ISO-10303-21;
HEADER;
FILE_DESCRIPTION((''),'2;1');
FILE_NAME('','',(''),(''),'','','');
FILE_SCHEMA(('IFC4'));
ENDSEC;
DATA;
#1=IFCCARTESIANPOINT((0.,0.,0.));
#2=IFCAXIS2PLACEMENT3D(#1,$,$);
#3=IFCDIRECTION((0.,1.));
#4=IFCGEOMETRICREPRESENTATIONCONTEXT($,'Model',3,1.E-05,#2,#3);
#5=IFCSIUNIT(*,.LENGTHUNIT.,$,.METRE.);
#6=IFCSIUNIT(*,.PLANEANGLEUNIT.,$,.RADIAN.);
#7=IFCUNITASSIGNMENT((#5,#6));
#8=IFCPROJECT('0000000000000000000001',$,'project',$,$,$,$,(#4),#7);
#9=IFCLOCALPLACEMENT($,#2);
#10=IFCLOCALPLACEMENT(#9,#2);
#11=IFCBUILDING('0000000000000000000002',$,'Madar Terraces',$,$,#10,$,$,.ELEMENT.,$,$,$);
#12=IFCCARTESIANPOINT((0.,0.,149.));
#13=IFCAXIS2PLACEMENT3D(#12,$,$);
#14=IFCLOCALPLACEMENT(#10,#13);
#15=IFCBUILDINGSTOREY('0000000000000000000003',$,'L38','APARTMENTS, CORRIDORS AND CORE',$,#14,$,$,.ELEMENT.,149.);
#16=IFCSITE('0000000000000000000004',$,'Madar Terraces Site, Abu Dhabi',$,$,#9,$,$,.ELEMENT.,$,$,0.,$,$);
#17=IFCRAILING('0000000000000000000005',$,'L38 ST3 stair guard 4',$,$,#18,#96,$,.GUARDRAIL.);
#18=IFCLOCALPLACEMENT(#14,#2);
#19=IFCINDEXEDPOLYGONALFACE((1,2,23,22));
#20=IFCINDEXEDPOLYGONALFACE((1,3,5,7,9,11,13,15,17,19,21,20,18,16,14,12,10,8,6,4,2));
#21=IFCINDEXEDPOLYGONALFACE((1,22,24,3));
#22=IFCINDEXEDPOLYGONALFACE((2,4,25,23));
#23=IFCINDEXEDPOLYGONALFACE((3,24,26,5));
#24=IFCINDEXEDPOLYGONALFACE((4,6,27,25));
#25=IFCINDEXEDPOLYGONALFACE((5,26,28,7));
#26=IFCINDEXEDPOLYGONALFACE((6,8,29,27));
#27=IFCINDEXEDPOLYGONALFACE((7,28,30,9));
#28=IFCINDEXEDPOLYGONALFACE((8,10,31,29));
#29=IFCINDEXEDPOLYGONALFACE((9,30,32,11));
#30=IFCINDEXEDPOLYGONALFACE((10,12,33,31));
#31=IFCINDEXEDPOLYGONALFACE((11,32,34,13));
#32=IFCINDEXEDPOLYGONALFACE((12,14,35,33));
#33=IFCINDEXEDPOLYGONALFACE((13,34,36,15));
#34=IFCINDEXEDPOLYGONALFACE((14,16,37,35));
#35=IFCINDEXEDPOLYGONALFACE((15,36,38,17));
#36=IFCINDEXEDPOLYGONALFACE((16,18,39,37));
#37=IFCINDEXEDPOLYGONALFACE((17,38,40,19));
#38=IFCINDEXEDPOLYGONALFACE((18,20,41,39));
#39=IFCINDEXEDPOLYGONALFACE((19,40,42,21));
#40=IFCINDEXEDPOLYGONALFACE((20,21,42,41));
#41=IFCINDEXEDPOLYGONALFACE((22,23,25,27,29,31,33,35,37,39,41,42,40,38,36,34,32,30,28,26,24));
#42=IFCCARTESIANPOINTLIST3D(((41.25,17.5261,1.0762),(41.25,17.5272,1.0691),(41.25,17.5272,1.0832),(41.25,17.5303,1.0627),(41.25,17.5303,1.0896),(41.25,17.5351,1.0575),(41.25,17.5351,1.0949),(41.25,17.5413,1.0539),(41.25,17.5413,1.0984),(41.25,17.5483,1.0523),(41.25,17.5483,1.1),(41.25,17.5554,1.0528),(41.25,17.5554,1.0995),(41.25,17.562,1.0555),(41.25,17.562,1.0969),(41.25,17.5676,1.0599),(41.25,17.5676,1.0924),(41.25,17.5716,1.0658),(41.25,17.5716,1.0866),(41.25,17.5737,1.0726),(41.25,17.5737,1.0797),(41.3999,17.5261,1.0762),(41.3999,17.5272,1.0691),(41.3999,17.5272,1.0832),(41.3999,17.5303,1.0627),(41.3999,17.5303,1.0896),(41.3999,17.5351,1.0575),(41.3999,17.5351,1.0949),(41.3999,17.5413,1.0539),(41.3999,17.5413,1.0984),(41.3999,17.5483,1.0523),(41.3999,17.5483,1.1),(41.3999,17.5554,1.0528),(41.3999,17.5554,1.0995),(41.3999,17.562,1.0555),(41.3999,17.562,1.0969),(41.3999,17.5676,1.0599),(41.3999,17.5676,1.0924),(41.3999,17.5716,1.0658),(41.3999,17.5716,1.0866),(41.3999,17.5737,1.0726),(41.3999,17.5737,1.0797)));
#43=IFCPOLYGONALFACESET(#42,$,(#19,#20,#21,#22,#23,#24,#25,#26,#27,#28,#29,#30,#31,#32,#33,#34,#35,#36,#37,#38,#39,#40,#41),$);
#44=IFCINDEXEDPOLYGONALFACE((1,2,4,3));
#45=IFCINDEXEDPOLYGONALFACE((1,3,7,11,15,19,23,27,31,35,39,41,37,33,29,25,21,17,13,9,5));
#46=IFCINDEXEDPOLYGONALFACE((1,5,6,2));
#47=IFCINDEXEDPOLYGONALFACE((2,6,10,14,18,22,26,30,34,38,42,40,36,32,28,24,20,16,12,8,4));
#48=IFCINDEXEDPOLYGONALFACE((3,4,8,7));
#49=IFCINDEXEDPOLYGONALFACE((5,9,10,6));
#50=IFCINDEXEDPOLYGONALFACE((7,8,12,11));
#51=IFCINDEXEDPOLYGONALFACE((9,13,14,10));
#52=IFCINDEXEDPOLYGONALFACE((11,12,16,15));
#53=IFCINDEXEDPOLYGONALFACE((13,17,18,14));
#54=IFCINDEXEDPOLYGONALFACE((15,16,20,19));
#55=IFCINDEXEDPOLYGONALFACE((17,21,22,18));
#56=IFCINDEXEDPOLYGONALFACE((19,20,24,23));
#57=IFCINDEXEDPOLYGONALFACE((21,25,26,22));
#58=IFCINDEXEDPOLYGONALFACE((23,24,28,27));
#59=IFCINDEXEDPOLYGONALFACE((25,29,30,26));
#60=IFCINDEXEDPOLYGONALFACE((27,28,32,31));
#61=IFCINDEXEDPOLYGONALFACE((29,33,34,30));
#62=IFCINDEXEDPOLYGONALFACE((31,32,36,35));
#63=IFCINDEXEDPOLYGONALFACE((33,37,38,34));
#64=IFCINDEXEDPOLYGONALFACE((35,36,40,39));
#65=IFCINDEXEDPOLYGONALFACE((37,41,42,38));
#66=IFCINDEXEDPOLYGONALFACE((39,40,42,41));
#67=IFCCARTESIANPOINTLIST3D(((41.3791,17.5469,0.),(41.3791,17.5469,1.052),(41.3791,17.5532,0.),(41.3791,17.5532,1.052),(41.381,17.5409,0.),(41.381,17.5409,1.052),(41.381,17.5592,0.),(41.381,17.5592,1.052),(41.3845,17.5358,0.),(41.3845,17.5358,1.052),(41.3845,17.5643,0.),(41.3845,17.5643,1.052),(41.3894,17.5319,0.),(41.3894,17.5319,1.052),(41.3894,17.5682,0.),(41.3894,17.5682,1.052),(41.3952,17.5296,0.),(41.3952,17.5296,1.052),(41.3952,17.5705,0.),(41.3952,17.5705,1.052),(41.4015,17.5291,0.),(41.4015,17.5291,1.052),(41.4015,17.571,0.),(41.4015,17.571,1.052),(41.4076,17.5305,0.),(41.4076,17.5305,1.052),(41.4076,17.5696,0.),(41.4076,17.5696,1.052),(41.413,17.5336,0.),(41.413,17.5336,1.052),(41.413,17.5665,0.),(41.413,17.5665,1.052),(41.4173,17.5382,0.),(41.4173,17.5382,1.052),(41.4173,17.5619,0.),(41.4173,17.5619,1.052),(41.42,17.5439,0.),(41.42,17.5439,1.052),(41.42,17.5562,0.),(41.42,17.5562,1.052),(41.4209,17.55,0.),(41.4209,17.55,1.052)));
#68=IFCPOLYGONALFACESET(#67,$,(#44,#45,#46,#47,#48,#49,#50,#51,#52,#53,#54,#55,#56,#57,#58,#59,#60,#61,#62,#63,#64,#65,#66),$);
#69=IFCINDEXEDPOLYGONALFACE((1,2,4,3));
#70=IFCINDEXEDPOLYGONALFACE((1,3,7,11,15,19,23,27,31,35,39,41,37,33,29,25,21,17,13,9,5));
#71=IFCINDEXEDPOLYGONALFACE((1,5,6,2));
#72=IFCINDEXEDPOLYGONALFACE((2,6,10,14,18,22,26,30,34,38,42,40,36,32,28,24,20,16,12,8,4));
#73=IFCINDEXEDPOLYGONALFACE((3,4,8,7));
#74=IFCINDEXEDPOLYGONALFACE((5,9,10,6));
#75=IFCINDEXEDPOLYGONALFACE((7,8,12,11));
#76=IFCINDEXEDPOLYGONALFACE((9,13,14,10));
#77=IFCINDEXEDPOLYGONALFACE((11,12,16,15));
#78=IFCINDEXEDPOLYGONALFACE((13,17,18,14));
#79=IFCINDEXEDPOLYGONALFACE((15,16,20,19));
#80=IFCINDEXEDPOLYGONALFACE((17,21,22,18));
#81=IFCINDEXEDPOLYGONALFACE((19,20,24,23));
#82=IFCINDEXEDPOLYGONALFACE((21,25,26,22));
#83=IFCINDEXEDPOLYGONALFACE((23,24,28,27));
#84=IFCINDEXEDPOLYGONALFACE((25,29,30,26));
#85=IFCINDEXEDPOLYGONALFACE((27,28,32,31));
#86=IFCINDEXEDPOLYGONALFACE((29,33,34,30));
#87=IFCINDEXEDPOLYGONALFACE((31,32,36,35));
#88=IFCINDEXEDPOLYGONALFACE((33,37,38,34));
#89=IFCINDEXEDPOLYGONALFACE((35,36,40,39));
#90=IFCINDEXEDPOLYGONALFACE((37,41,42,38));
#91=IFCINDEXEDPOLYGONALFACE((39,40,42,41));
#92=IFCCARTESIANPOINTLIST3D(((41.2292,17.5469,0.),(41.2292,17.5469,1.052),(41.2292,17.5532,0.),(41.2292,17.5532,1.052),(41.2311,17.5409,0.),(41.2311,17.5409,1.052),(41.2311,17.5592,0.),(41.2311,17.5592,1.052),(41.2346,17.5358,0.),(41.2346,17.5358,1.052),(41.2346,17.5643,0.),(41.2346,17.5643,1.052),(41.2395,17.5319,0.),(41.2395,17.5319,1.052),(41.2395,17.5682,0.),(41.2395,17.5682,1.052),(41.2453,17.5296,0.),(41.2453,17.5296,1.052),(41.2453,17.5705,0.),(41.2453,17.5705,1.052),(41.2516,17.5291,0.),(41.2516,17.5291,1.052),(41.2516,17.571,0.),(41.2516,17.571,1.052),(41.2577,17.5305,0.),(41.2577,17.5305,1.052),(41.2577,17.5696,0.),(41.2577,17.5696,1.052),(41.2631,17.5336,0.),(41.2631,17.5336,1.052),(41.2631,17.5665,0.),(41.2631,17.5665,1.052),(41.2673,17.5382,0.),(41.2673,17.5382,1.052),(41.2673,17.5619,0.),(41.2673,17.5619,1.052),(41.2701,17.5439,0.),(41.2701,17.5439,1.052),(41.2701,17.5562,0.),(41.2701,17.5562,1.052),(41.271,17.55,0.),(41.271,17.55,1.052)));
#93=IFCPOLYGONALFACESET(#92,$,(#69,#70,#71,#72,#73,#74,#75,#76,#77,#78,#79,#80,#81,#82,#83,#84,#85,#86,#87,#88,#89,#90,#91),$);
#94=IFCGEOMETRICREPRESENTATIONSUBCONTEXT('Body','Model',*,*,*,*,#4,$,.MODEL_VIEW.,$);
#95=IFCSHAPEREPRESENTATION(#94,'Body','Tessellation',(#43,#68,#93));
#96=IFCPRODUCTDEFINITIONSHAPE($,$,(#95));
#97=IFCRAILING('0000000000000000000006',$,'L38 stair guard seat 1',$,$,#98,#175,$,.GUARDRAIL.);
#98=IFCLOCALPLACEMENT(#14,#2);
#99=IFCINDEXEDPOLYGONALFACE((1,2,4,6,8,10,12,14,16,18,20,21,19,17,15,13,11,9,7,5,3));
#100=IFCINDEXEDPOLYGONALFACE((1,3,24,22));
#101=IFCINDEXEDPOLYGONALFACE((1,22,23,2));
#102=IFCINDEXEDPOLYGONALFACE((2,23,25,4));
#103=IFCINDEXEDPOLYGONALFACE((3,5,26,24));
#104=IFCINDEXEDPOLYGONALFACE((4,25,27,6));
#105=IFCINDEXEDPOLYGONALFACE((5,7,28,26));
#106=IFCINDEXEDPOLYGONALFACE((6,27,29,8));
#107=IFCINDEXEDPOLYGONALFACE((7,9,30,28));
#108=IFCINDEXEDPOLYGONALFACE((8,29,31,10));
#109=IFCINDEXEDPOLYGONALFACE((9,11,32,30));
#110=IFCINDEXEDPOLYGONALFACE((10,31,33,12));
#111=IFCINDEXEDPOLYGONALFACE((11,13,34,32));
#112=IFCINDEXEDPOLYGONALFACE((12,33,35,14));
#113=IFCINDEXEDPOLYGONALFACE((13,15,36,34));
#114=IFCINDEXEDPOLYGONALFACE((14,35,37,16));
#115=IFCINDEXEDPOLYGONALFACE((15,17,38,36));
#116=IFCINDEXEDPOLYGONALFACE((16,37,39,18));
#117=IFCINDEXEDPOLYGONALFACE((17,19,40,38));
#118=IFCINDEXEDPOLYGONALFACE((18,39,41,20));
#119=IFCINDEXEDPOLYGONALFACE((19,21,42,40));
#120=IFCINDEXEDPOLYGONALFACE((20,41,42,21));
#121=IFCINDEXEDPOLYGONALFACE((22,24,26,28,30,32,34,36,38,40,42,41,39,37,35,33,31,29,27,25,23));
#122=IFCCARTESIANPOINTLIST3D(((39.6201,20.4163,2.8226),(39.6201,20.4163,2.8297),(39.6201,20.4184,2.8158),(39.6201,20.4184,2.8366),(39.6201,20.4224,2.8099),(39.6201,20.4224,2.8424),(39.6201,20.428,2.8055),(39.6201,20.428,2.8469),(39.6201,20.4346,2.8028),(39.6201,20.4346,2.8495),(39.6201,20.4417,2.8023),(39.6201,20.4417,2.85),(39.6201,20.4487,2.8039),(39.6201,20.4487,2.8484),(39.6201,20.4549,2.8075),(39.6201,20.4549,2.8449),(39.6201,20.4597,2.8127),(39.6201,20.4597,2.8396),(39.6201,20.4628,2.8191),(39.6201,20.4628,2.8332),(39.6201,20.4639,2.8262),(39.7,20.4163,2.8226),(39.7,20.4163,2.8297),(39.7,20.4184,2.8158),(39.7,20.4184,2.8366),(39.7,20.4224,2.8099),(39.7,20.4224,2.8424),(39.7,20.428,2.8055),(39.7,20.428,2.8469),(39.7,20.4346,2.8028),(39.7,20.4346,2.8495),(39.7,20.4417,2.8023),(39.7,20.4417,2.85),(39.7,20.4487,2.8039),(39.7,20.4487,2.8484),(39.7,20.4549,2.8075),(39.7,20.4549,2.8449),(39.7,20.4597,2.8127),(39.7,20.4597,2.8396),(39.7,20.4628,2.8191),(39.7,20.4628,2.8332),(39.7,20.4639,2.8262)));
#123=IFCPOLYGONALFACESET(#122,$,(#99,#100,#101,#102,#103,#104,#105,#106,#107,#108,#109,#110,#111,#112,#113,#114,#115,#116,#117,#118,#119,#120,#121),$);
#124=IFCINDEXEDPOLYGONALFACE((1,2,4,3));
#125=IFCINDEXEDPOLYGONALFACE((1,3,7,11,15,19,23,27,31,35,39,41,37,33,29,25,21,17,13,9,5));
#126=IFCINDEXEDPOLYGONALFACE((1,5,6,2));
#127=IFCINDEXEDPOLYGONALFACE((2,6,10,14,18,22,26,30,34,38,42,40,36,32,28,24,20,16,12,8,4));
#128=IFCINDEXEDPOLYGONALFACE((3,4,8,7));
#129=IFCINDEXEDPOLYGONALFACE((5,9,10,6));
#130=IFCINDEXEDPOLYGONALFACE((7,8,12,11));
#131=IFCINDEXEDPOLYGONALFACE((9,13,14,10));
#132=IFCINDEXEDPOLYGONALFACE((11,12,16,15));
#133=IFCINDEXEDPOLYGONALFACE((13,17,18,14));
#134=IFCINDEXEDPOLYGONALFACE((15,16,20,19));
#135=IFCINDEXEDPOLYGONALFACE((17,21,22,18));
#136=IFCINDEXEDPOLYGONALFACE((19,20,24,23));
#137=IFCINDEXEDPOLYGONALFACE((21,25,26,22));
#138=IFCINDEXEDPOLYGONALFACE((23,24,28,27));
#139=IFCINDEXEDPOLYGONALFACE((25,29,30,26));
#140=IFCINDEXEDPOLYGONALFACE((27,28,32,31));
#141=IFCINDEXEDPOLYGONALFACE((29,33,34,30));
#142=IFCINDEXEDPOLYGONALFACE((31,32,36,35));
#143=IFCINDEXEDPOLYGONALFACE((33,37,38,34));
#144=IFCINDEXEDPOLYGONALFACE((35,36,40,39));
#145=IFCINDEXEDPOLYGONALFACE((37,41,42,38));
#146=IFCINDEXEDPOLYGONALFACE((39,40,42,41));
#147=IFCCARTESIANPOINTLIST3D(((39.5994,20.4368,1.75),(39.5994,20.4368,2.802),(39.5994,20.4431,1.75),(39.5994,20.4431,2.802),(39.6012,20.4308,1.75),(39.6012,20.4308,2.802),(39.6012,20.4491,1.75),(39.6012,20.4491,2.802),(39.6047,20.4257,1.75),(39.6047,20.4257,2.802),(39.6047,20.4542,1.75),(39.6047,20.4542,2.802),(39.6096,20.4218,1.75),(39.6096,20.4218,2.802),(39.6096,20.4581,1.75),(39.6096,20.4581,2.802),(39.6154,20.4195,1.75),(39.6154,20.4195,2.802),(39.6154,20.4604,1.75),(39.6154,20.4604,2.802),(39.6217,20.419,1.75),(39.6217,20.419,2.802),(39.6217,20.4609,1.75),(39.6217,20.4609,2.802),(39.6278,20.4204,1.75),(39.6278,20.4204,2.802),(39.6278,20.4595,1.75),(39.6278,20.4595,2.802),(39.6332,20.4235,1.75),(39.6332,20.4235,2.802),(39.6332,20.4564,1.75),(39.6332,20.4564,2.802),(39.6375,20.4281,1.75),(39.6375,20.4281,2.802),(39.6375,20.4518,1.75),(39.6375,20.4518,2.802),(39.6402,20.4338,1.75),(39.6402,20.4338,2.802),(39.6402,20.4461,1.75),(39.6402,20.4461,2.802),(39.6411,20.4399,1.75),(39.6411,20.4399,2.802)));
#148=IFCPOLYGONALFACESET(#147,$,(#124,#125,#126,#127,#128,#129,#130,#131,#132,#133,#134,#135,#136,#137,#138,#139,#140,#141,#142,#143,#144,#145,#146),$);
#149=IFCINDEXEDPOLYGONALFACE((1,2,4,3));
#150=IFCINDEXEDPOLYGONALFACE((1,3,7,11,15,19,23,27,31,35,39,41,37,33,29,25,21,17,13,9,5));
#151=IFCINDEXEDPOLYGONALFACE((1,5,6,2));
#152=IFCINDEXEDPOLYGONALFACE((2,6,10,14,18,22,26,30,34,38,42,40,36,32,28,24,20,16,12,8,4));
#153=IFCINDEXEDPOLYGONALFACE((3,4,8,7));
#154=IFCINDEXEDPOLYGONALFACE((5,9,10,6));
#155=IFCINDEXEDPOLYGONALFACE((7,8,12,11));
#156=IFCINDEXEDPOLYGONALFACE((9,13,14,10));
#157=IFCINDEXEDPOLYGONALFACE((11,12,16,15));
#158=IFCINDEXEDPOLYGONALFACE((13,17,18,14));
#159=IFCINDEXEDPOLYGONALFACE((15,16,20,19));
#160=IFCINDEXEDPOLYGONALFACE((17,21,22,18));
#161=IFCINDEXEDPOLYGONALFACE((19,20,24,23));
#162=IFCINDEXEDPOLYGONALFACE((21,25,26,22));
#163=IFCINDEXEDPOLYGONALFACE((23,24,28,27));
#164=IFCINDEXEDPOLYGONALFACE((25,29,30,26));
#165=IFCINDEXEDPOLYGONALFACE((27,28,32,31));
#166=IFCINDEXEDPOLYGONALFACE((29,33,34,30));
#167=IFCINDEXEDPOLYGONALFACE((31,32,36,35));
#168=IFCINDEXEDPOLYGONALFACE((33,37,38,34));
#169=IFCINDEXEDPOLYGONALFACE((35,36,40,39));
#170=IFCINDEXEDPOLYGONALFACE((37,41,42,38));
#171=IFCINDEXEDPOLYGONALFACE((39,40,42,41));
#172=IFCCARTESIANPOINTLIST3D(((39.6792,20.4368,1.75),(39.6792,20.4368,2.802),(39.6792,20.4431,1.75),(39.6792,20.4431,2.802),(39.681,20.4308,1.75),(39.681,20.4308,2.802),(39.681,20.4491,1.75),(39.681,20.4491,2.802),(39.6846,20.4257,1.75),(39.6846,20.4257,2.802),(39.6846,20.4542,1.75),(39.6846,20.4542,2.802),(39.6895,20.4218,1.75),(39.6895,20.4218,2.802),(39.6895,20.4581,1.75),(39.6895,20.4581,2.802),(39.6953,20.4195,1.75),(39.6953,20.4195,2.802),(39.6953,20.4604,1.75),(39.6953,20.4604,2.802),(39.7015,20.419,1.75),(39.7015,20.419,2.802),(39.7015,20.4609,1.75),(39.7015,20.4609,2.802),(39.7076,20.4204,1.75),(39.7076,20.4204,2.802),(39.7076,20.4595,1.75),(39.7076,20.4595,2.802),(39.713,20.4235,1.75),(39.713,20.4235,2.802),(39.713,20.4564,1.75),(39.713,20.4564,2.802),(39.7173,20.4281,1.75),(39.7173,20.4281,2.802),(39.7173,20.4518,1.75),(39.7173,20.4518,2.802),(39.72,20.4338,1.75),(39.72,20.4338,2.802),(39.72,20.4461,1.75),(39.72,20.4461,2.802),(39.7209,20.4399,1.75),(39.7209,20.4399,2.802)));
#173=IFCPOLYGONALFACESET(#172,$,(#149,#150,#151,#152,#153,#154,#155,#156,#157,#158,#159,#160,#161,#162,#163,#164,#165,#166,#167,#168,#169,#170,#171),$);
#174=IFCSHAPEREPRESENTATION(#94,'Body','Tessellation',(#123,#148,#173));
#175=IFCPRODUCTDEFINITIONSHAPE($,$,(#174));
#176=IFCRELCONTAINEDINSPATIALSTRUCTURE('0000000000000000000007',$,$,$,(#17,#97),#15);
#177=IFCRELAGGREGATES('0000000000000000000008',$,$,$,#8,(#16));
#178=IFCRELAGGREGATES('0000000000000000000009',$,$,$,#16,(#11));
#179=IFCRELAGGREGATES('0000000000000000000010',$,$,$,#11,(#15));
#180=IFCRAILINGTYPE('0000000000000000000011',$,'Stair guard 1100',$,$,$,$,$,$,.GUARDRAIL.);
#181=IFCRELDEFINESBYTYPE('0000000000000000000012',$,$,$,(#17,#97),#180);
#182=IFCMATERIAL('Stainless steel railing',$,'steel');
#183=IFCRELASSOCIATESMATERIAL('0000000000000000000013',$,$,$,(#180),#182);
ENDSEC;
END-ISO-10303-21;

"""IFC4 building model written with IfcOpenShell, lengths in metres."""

from ifc_helpers import new_model, si_unit, direction, frame, origin, origin_2d, place, context, subcontext, project, spatial, circle, extrude, material, type_object, element, save


model = new_model("IFC4")

# Units and contexts
model_context = context("Model", 3, precision=1e-05, world=origin(), true_north=direction((0.0, 1.0)))
body_context = subcontext(model_context, "Body", "Model", "MODEL_VIEW")
ifc_project = project(units=[si_unit("LENGTHUNIT", "METRE"), si_unit("PLANEANGLEUNIT", "RADIAN")], contexts=[model_context])

# Site, building, storey
site_placement = place(None, origin())
site = spatial("IfcSite", under=ifc_project, at=site_placement, Name="Madar Terraces Site, Abu Dhabi", CompositionType="ELEMENT", RefElevation=0.0)
building_placement = place(site_placement, origin())
building = spatial("IfcBuilding", under=site, at=building_placement, Name="Madar Terraces", CompositionType="ELEMENT")
storey_placement = place(building_placement, frame((0.0, 0.0, 149.0)))
storey = spatial("IfcBuildingStorey", under=building, at=storey_placement, Name="L38", Description="APARTMENTS, CORRIDORS AND CORE", CompositionType="ELEMENT", Elevation=149.0)

# Railings
ifc_material_1 = material(Name="Stainless steel railing", Category="steel")
railing_type_1 = type_object("IfcRailingType", Name="Stair guard 1100", PredefinedType="GUARDRAIL", material=ifc_material_1)
railing_1_placement = place(storey_placement, frame((41.3999, 17.55, 0.0)))
element("IfcRailing", 1, at=railing_1_placement, inside=storey, type_object=railing_type_1, Name="L38 ST3 stair guard 4", PredefinedType="GUARDRAIL", context=body_context, shape_type="SweptSolid", body=[
    extrude(circle(Radius=0.0239, at=origin_2d()), frame((0.0, 0.0, 1.0762), z_axis=(-1.0, 0.0, 0.0), x_axis=(0.0, -1.0, 0.0)), (0.0, 0.0, 1.0), 0.1499),
    extrude(circle(Radius=0.021, at=origin_2d()), origin(), (0.0, 0.0, 1.0), 1.052),
    extrude(circle(Radius=0.021, at=origin_2d()), frame((-0.1499, 0.0, 0.0)), (0.0, 0.0, 1.0), 1.052),
])
railing_2_placement = place(storey_placement, frame((39.6201, 20.4399, 1.75)))
element("IfcRailing", 2, at=railing_2_placement, inside=storey, type_object=railing_type_1, Name="L38 stair guard seat 1", PredefinedType="GUARDRAIL", context=body_context, shape_type="SweptSolid", body=[
    extrude(circle(Radius=0.0239, at=origin_2d()), frame((0.0, 0.0, 1.0762), z_axis=(1.0, 0.0, 0.0), x_axis=(0.0, 1.0, 0.0)), (0.0, 0.0, 1.0), 0.0798),
    extrude(circle(Radius=0.021, at=origin_2d()), origin(), (0.0, 0.0, 1.0), 1.052),
    extrude(circle(Radius=0.021, at=origin_2d()), frame((0.0798, 0.0, 0.0)), (0.0, 0.0, 1.0), 1.052),
])

save(model, "model.ifc")
